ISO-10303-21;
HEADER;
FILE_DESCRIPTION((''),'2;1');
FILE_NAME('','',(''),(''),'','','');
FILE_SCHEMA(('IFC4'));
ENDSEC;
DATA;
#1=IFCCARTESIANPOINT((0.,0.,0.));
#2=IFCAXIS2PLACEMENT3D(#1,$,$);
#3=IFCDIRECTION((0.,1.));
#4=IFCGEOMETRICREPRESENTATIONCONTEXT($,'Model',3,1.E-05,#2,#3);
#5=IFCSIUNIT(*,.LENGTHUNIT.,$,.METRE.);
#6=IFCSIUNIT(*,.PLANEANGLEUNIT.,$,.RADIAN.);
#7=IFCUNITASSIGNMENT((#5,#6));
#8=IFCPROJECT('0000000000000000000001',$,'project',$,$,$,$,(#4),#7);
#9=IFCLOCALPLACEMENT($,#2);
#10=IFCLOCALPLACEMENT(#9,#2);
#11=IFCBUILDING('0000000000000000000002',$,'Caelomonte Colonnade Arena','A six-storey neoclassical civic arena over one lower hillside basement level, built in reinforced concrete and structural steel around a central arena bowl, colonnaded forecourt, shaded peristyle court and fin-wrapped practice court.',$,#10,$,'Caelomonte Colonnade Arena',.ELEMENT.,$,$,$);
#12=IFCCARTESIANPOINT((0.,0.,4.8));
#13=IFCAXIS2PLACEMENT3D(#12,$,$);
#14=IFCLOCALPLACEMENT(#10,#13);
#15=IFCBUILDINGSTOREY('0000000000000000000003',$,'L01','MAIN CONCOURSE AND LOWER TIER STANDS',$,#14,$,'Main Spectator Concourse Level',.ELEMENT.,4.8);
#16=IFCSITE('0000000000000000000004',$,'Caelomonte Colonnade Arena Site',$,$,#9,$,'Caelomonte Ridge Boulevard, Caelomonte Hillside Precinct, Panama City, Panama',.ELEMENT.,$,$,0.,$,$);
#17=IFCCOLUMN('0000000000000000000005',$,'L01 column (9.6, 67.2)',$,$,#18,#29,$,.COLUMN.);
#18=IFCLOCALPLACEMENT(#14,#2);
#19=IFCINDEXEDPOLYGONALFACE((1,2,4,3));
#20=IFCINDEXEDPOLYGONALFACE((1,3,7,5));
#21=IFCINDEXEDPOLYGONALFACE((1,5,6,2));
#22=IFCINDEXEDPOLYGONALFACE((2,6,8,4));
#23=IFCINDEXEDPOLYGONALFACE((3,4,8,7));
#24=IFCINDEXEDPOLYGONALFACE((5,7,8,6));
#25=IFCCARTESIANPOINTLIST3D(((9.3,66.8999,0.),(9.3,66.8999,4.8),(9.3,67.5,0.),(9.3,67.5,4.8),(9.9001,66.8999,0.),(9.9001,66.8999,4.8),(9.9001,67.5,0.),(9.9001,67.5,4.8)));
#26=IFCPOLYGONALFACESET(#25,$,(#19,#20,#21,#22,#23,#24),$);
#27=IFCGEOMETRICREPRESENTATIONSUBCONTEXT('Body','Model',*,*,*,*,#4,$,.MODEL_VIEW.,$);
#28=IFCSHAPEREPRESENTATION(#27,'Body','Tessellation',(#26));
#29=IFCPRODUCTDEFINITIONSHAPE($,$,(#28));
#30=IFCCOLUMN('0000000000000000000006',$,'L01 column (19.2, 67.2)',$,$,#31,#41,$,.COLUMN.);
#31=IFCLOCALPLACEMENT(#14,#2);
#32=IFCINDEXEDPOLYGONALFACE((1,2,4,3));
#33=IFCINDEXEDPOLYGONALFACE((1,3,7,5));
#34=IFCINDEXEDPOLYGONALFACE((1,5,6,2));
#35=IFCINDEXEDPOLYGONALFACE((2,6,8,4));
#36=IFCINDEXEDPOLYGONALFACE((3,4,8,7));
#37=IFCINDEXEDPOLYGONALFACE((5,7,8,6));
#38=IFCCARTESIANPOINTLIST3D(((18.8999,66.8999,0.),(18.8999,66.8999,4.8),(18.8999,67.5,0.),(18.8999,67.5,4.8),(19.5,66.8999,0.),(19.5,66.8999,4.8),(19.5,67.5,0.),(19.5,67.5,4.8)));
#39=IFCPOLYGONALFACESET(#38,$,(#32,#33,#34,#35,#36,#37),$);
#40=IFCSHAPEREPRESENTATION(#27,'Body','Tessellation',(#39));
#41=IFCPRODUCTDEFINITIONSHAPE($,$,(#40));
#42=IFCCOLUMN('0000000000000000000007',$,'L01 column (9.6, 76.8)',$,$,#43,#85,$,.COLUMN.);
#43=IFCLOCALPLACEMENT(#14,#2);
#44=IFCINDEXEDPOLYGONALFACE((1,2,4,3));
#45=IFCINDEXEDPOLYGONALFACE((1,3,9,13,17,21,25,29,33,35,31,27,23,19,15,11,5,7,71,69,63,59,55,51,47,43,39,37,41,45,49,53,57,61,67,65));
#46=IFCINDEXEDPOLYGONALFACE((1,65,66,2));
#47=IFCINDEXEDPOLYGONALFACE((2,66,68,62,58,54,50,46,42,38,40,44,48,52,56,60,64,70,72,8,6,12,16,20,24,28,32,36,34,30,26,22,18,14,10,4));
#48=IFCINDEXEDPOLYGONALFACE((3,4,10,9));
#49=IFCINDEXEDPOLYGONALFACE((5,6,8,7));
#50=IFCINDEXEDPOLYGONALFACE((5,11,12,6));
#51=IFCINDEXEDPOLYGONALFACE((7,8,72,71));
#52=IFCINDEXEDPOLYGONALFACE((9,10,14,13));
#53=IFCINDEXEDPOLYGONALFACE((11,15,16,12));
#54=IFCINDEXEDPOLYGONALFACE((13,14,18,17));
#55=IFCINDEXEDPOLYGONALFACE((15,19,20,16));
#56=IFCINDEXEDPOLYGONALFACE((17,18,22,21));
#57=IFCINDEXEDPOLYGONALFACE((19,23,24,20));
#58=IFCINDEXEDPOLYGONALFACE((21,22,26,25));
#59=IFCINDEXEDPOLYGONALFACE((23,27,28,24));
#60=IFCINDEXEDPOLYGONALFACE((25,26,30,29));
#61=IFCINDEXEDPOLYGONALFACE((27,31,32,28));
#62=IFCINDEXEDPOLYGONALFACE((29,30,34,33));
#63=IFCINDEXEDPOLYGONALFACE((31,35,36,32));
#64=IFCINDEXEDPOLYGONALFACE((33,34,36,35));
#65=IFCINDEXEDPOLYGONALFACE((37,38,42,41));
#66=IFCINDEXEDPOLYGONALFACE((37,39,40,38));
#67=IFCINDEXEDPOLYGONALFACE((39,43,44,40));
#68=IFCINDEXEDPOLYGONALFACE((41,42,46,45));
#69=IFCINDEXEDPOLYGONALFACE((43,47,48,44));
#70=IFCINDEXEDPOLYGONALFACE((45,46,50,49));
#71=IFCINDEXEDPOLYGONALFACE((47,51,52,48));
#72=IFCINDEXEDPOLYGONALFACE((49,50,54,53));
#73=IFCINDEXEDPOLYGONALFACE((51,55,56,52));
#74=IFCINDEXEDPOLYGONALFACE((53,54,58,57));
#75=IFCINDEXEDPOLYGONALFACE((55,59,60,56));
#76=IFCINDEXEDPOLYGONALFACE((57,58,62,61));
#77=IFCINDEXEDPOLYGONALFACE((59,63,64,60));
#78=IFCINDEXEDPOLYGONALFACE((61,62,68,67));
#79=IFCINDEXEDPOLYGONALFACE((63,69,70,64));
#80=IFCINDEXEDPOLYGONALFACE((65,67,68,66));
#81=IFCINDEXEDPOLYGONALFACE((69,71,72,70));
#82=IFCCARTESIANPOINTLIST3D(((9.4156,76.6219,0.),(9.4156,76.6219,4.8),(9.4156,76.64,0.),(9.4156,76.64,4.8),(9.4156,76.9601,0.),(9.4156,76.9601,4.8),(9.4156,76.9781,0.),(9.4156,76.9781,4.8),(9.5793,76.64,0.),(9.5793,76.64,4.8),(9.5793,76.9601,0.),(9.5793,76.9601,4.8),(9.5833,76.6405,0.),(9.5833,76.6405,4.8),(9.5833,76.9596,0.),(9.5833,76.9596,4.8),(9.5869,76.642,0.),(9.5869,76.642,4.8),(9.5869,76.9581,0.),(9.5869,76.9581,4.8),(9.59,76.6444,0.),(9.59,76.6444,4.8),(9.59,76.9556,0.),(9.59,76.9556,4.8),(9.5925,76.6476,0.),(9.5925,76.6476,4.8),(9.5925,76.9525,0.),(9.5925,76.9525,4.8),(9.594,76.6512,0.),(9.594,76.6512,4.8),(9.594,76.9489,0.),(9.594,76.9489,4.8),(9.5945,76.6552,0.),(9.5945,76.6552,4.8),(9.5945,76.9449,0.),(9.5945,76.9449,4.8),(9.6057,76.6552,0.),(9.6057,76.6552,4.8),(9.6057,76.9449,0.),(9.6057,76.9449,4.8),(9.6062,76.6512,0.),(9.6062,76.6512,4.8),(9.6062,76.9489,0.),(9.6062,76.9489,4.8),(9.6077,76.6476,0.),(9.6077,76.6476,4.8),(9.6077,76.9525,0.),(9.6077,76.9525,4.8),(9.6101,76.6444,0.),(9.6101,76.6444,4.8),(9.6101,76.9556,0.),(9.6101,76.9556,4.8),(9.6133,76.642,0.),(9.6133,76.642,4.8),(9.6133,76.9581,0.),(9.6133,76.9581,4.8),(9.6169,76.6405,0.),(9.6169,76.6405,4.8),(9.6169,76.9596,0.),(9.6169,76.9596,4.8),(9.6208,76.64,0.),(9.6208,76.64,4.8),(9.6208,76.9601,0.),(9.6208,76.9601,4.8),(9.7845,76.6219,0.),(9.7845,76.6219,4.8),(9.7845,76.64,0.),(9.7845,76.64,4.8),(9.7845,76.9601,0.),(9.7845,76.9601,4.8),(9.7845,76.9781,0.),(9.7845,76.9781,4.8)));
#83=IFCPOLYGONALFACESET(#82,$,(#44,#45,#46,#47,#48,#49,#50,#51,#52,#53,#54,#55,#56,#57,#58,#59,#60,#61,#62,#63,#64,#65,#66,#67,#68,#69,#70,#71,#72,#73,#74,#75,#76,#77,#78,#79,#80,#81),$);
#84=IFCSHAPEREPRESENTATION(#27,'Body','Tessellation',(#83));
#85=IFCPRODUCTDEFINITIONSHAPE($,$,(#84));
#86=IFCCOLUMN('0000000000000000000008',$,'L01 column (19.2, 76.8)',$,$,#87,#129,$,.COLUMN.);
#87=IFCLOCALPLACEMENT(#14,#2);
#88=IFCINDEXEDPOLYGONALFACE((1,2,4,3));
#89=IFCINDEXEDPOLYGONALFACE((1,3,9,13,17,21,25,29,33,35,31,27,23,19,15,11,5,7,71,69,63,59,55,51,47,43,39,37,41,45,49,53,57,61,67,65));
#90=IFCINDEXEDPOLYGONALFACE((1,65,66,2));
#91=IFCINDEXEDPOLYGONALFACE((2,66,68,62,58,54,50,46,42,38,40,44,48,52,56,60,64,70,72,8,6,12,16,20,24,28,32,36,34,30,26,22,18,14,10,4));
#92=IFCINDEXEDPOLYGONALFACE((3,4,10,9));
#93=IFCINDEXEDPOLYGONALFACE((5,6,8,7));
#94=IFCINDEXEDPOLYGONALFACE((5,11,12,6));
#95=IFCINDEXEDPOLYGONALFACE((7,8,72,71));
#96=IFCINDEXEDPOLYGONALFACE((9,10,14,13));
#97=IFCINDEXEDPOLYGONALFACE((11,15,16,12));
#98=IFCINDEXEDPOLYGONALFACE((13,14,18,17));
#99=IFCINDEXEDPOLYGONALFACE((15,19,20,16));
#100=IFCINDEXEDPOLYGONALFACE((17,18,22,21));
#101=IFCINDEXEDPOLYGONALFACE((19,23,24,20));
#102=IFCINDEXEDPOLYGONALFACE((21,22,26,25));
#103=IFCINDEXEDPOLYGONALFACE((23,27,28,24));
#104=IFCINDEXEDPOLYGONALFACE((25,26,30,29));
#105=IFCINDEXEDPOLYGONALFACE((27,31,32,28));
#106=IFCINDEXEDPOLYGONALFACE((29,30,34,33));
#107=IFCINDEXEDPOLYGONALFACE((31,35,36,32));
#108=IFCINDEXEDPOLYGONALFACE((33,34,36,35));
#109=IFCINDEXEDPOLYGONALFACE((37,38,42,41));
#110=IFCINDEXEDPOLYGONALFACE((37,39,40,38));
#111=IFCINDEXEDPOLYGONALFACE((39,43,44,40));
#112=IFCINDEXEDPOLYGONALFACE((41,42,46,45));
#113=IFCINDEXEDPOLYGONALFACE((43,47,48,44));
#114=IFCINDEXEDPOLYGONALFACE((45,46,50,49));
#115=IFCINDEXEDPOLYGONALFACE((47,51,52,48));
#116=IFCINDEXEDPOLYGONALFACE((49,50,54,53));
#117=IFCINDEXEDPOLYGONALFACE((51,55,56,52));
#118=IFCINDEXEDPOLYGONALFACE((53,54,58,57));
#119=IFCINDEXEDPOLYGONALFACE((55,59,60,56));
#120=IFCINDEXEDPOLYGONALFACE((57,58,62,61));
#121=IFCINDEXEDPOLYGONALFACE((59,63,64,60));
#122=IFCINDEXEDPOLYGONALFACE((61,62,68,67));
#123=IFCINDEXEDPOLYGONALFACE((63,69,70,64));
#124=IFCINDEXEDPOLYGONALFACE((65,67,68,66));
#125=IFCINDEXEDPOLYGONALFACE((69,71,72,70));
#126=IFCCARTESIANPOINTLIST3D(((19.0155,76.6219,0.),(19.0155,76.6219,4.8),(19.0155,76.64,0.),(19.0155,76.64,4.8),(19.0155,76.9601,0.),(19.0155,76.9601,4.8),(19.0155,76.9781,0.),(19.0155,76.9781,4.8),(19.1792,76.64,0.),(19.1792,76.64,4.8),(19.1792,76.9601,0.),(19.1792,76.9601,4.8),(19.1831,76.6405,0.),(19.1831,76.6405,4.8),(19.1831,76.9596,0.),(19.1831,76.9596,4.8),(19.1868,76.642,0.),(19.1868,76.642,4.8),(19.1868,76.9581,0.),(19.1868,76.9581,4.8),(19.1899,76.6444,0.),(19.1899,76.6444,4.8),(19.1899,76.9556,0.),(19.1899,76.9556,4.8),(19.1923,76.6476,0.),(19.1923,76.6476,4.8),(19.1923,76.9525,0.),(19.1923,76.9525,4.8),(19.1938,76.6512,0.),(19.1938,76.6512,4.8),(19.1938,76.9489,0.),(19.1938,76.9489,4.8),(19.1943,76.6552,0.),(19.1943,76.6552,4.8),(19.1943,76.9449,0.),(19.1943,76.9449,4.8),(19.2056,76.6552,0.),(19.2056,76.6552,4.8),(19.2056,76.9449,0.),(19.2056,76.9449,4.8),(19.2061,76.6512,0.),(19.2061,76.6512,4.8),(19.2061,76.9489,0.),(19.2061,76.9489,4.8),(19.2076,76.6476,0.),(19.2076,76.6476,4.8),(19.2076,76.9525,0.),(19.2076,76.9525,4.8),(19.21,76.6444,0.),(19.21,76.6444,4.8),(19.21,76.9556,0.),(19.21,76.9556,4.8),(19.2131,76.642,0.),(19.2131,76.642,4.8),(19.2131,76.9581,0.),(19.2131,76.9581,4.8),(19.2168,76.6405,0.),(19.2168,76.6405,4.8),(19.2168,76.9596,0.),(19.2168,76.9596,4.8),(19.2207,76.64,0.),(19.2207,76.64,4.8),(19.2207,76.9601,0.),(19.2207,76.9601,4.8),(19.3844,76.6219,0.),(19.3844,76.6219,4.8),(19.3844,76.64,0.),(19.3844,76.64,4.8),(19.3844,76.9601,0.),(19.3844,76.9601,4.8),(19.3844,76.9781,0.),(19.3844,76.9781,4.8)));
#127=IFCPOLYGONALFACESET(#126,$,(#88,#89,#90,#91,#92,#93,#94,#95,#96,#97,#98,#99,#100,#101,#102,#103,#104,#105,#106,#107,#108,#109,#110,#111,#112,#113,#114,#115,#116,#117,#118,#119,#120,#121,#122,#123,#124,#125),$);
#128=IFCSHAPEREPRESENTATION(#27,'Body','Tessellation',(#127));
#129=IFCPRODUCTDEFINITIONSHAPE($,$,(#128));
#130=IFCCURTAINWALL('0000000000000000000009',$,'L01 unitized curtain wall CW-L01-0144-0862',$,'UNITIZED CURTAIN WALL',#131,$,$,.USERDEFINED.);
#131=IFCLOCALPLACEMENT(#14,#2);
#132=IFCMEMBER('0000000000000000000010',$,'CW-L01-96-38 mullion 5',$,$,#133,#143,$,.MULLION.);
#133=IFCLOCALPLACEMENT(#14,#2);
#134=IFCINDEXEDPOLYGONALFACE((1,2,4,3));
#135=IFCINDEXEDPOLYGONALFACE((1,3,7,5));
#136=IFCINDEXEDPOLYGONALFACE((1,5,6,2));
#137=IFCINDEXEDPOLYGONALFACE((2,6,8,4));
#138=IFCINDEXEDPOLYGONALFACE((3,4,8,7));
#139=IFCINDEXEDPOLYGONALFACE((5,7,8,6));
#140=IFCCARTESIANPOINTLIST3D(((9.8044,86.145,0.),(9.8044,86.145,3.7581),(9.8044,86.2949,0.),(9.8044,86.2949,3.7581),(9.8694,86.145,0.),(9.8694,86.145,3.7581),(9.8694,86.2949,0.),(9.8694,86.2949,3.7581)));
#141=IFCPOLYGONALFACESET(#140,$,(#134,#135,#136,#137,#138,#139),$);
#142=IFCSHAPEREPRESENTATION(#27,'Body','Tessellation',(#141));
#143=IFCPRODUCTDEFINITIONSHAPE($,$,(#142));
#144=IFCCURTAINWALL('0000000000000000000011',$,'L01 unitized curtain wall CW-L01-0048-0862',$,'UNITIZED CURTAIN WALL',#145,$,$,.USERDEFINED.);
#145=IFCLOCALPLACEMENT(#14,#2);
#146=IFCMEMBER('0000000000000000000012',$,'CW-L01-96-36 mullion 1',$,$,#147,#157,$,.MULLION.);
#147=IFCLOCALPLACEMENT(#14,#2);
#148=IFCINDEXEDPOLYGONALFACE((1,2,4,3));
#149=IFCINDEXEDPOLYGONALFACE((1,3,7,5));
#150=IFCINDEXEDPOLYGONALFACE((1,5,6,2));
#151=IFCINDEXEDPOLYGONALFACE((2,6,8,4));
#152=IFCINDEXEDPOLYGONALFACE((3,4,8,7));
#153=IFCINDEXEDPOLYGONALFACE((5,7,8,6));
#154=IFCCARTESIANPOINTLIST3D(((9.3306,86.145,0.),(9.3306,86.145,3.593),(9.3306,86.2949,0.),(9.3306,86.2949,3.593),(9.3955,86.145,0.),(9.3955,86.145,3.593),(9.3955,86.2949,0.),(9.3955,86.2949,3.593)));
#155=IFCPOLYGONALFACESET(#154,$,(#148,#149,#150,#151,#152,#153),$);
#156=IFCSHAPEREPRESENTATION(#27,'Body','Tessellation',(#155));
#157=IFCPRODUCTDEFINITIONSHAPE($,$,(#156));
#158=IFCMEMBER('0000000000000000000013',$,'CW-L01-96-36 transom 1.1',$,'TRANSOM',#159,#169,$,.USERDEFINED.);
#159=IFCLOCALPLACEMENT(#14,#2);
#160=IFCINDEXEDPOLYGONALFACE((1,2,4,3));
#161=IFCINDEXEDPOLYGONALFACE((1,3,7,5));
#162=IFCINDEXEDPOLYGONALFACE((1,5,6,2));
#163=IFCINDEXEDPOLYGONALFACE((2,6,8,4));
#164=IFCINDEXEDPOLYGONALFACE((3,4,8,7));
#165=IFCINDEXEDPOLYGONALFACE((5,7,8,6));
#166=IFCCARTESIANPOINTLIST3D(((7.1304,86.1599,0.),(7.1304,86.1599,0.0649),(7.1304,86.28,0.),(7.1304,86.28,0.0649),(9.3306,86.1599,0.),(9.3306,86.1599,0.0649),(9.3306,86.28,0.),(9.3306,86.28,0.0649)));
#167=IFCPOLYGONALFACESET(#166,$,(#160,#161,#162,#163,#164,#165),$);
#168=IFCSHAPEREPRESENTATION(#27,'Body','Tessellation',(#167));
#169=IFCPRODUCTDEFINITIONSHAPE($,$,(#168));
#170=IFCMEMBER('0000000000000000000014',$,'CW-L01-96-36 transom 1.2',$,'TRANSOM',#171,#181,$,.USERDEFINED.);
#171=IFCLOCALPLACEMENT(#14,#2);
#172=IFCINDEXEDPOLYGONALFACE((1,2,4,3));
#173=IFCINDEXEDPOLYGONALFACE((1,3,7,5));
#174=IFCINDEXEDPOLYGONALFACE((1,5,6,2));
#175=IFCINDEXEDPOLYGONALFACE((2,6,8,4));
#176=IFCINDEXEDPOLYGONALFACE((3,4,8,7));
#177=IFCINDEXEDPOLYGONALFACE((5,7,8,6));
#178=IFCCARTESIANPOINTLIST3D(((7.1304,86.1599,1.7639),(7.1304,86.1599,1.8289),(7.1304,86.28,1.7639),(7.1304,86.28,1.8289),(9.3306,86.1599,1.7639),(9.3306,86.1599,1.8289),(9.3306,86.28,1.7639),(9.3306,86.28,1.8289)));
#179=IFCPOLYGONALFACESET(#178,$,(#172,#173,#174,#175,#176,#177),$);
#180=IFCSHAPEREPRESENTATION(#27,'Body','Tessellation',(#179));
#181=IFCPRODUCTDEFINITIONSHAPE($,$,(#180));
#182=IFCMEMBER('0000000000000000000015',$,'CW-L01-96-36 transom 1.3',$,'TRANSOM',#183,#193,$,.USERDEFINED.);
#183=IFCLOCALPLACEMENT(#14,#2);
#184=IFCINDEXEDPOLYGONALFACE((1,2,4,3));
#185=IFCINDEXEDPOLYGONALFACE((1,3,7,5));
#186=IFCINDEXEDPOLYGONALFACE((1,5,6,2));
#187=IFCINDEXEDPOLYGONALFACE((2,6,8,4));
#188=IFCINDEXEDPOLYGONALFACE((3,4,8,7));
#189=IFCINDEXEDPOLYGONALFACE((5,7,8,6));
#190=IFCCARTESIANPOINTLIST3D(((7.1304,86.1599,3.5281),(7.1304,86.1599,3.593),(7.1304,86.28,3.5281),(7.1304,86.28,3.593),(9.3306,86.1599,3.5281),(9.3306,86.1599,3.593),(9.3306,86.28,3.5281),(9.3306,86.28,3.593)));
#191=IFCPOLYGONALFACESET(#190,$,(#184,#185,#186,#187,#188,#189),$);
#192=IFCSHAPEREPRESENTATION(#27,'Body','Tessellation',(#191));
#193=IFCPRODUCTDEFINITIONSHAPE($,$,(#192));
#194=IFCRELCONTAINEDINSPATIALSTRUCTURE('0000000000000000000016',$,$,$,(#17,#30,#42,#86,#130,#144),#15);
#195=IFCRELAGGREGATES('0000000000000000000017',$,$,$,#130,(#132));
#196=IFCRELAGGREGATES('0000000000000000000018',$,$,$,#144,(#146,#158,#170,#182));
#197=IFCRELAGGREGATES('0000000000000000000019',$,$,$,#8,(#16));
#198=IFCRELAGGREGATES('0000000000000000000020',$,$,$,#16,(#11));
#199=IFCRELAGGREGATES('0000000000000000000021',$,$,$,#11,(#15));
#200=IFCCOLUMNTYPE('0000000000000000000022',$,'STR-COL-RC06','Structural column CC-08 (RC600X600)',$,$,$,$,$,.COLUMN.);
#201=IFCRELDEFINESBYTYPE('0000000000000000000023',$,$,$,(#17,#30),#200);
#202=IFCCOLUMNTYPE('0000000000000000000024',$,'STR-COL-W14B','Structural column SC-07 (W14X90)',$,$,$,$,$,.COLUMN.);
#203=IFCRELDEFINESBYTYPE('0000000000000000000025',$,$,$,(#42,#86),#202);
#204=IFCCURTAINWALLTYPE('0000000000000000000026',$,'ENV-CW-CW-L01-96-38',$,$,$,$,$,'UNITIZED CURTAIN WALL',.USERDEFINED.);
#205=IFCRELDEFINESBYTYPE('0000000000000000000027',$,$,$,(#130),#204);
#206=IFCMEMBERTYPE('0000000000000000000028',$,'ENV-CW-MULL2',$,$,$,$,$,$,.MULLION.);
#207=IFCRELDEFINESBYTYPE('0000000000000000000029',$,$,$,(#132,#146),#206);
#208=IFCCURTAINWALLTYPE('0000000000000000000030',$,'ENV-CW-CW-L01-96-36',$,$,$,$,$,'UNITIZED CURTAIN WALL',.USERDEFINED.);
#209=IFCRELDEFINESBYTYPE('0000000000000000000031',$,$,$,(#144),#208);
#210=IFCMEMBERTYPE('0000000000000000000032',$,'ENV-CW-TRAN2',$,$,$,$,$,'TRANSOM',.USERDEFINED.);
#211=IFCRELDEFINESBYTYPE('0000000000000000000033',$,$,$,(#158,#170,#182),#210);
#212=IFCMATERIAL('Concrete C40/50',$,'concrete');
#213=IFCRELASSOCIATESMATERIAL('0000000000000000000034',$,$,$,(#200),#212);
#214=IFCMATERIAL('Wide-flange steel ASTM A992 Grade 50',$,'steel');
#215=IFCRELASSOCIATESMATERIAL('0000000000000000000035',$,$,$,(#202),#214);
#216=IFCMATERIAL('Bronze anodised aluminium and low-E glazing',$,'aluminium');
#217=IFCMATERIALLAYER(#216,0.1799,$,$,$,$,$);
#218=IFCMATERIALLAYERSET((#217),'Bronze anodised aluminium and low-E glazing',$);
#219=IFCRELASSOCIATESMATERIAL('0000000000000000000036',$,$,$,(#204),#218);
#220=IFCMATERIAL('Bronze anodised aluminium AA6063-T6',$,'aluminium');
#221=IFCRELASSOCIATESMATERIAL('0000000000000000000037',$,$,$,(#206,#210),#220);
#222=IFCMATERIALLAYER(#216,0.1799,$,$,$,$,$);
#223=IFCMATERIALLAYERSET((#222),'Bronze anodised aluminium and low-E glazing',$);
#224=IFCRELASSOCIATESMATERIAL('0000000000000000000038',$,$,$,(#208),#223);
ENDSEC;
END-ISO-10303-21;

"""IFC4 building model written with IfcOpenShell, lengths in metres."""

from ifc_helpers import new_model, si_unit, direction, frame, origin, origin_2d, place, context, subcontext, project, spatial, rectangle, i_section, extrude, material, layer, layer_set, material_profile, profile_set, type_object, element, aggregate, save


model = new_model("IFC4")

# Units and contexts
model_context = context("Model", 3, precision=1e-05, world=origin(), true_north=direction((0.0, 1.0)))
body_context = subcontext(model_context, "Body", "Model", "MODEL_VIEW")
ifc_project = project(units=[si_unit("LENGTHUNIT", "METRE"), si_unit("PLANEANGLEUNIT", "RADIAN")], contexts=[model_context])

# Site, building, storey
site_placement = place(None, origin())
site = spatial("IfcSite", under=ifc_project, at=site_placement, Name="Caelomonte Colonnade Arena Site", LongName="Caelomonte Ridge Boulevard, Caelomonte Hillside Precinct, Panama City, Panama", CompositionType="ELEMENT", RefElevation=0.0)
building_placement = place(site_placement, origin())
building = spatial("IfcBuilding", under=site, at=building_placement, Name="Caelomonte Colonnade Arena", Description="A six-storey neoclassical civic arena over one lower hillside basement level, built in reinforced concrete and structural steel around a central arena bowl, colonnaded forecourt, shaded peristyle court and fin-wrapped practice court.", LongName="Caelomonte Colonnade Arena", CompositionType="ELEMENT")
storey_placement = place(building_placement, frame((0.0, 0.0, 4.8)))
storey = spatial("IfcBuildingStorey", under=building, at=storey_placement, Name="L01", Description="MAIN CONCOURSE AND LOWER TIER STANDS", LongName="Main Spectator Concourse Level", CompositionType="ELEMENT", Elevation=4.8)

# Columns
ifc_material_1 = material(Name="Concrete C40/50", Category="concrete")
ifc_material_profile_1 = material_profile(ifc_material_1, rectangle(XDim=0.6001, YDim=0.6001, at=origin_2d()), Name="RC600X600")
ifc_profile_set_1 = profile_set([ifc_material_profile_1], Name="Concrete C40/50")
column_type_1 = type_object("IfcColumnType", Name="STR-COL-RC06", Description="Structural column CC-08 (RC600X600)", PredefinedType="COLUMN", material=ifc_profile_set_1)
for number, where, z_axis, x_axis, name in (
    (1, (9.6001, 67.2, 0.0), (0.0, 0.0, 1.0), (1.0, 0.0, 0.0), "L01 column (9.6, 67.2)"),
    (2, (19.2, 67.2, 0.0), (0.0, 0.0, 1.0), (1.0, 0.0, 0.0), "L01 column (19.2, 67.2)"),
):
    element("IfcColumn", number, at=place(storey_placement, frame(where, z_axis=z_axis, x_axis=x_axis)), inside=storey, type_object=column_type_1, Name=name, PredefinedType="COLUMN", context=body_context, shape_type="SweptSolid", body=[
        extrude(rectangle(XDim=0.6001, YDim=0.6001, at=origin_2d()), origin(), (0.0, 0.0, 1.0), 4.8),
    ])
ifc_material_2 = material(Name="Wide-flange steel ASTM A992 Grade 50", Category="steel")
ifc_material_profile_2 = material_profile(ifc_material_2, i_section(OverallWidth=0.3689, OverallDepth=0.3562, WebThickness=0.0112, FlangeThickness=0.0181, FilletRadius=0.0151, at=origin_2d()), Name="W14X90")
ifc_profile_set_2 = profile_set([ifc_material_profile_2], Name="Wide-flange steel ASTM A992 Grade 50")
column_type_2 = type_object("IfcColumnType", Name="STR-COL-W14B", Description="Structural column SC-07 (W14X90)", PredefinedType="COLUMN", material=ifc_profile_set_2)
for number, where, z_axis, x_axis, name in (
    (3, (9.6001, 76.8, 0.0), (0.0, 0.0, 1.0), (1.0, 0.0, 0.0), "L01 column (9.6, 76.8)"),
    (4, (19.2, 76.8, 0.0), (0.0, 0.0, 1.0), (1.0, 0.0, 0.0), "L01 column (19.2, 76.8)"),
):
    element("IfcColumn", number, at=place(storey_placement, frame(where, z_axis=z_axis, x_axis=x_axis)), inside=storey, type_object=column_type_2, Name=name, PredefinedType="COLUMN", context=body_context, shape_type="SweptSolid", body=[
        extrude(i_section(OverallWidth=0.3689, OverallDepth=0.3562, WebThickness=0.0112, FlangeThickness=0.0181, FilletRadius=0.0151, at=origin_2d()), origin(), (0.0, 0.0, 1.0), 4.8),
    ])

# Curtain wall, member
ifc_material_3 = material(Name="Bronze anodised aluminium and low-E glazing", Category="aluminium")
ifc_layer_1 = layer(ifc_material_3, 0.1799)
ifc_layer_set_1 = layer_set([ifc_layer_1], Name="Bronze anodised aluminium and low-E glazing")
curtain_wall_type_1 = type_object("IfcCurtainWallType", Name="ENV-CW-CW-L01-96-38", ElementType="UNITIZED CURTAIN WALL", PredefinedType="USERDEFINED", material=ifc_layer_set_1)
curtain_wall_1_placement = place(storey_placement, origin())
curtain_wall_1 = element("IfcCurtainWall", 5, at=curtain_wall_1_placement, inside=storey, type_object=curtain_wall_type_1, Name="L01 unitized curtain wall CW-L01-0144-0862", ObjectType="UNITIZED CURTAIN WALL", PredefinedType="USERDEFINED")
ifc_material_4 = material(Name="Bronze anodised aluminium AA6063-T6", Category="aluminium")
ifc_material_profile_3 = material_profile(ifc_material_4, rectangle(XDim=0.0649, YDim=0.1499, at=origin_2d()), Name="CWM-65X150")
ifc_profile_set_3 = profile_set([ifc_material_profile_3], Name="Bronze anodised aluminium AA6063-T6")
member_type_1 = type_object("IfcMemberType", Name="ENV-CW-MULL2", PredefinedType="MULLION", material=ifc_profile_set_3)
member_1_placement = place(storey_placement, frame((9.8369, 86.22, 0.0), z_axis=(0.0, 0.0, 1.0), x_axis=(-1.0, 0.0, 0.0)))
member_1 = element("IfcMember", 6, at=member_1_placement, type_object=member_type_1, Name="CW-L01-96-38 mullion 5", PredefinedType="MULLION", context=body_context, shape_type="SweptSolid", body=[
    extrude(rectangle(XDim=0.0649, YDim=0.1499, at=origin_2d()), origin(), (0.0, 0.0, 1.0), 3.7581),
])
aggregate(curtain_wall_1, [member_1])

# Curtain wall, members
ifc_layer_2 = layer(ifc_material_3, 0.1799)
ifc_layer_set_2 = layer_set([ifc_layer_2], Name="Bronze anodised aluminium and low-E glazing")
curtain_wall_type_2 = type_object("IfcCurtainWallType", Name="ENV-CW-CW-L01-96-36", ElementType="UNITIZED CURTAIN WALL", PredefinedType="USERDEFINED", material=ifc_layer_set_2)
curtain_wall_2_placement = place(storey_placement, origin())
curtain_wall_2 = element("IfcCurtainWall", 7, at=curtain_wall_2_placement, inside=storey, type_object=curtain_wall_type_2, Name="L01 unitized curtain wall CW-L01-0048-0862", ObjectType="UNITIZED CURTAIN WALL", PredefinedType="USERDEFINED")
member_2_placement = place(storey_placement, frame((9.363, 86.22, 0.0), z_axis=(0.0, 0.0, 1.0), x_axis=(-1.0, 0.0, 0.0)))
member_2 = element("IfcMember", 8, at=member_2_placement, type_object=member_type_1, Name="CW-L01-96-36 mullion 1", PredefinedType="MULLION", context=body_context, shape_type="SweptSolid", body=[
    extrude(rectangle(XDim=0.0649, YDim=0.1499, at=origin_2d()), origin(), (0.0, 0.0, 1.0), 3.593),
])
ifc_material_profile_4 = material_profile(ifc_material_4, rectangle(XDim=0.0649, YDim=0.1201, at=origin_2d()), Name="CWT-65X120")
ifc_profile_set_4 = profile_set([ifc_material_profile_4], Name="Bronze anodised aluminium AA6063-T6")
member_type_2 = type_object("IfcMemberType", Name="ENV-CW-TRAN2", ElementType="TRANSOM", PredefinedType="USERDEFINED", material=ifc_profile_set_4)
member_3_placement = place(storey_placement, frame((9.3306, 86.22, 0.0325), z_axis=(-1.0, 0.0, 0.0), x_axis=(0.0, 0.0, 1.0)))
member_3 = element("IfcMember", 9, at=member_3_placement, type_object=member_type_2, Name="CW-L01-96-36 transom 1.1", ObjectType="TRANSOM", PredefinedType="USERDEFINED", context=body_context, shape_type="SweptSolid", body=[
    extrude(rectangle(XDim=0.0649, YDim=0.1201, at=origin_2d()), origin(), (0.0, 0.0, 1.0), 2.2002),
])
member_4_placement = place(storey_placement, frame((9.3306, 86.22, 1.7964), z_axis=(-1.0, 0.0, 0.0), x_axis=(0.0, 0.0, 1.0)))
member_4 = element("IfcMember", 10, at=member_4_placement, type_object=member_type_2, Name="CW-L01-96-36 transom 1.2", ObjectType="TRANSOM", PredefinedType="USERDEFINED", context=body_context, shape_type="SweptSolid", body=[
    extrude(rectangle(XDim=0.0649, YDim=0.1201, at=origin_2d()), origin(), (0.0, 0.0, 1.0), 2.2002),
])
member_5_placement = place(storey_placement, frame((9.3306, 86.22, 3.5605), z_axis=(-1.0, 0.0, 0.0), x_axis=(0.0, 0.0, 1.0)))
member_5 = element("IfcMember", 11, at=member_5_placement, type_object=member_type_2, Name="CW-L01-96-36 transom 1.3", ObjectType="TRANSOM", PredefinedType="USERDEFINED", context=body_context, shape_type="SweptSolid", body=[
    extrude(rectangle(XDim=0.0649, YDim=0.1201, at=origin_2d()), origin(), (0.0, 0.0, 1.0), 2.2002),
])

aggregate(curtain_wall_2, [member_2, member_3, member_4, member_5])

save(model, "model.ifc")
